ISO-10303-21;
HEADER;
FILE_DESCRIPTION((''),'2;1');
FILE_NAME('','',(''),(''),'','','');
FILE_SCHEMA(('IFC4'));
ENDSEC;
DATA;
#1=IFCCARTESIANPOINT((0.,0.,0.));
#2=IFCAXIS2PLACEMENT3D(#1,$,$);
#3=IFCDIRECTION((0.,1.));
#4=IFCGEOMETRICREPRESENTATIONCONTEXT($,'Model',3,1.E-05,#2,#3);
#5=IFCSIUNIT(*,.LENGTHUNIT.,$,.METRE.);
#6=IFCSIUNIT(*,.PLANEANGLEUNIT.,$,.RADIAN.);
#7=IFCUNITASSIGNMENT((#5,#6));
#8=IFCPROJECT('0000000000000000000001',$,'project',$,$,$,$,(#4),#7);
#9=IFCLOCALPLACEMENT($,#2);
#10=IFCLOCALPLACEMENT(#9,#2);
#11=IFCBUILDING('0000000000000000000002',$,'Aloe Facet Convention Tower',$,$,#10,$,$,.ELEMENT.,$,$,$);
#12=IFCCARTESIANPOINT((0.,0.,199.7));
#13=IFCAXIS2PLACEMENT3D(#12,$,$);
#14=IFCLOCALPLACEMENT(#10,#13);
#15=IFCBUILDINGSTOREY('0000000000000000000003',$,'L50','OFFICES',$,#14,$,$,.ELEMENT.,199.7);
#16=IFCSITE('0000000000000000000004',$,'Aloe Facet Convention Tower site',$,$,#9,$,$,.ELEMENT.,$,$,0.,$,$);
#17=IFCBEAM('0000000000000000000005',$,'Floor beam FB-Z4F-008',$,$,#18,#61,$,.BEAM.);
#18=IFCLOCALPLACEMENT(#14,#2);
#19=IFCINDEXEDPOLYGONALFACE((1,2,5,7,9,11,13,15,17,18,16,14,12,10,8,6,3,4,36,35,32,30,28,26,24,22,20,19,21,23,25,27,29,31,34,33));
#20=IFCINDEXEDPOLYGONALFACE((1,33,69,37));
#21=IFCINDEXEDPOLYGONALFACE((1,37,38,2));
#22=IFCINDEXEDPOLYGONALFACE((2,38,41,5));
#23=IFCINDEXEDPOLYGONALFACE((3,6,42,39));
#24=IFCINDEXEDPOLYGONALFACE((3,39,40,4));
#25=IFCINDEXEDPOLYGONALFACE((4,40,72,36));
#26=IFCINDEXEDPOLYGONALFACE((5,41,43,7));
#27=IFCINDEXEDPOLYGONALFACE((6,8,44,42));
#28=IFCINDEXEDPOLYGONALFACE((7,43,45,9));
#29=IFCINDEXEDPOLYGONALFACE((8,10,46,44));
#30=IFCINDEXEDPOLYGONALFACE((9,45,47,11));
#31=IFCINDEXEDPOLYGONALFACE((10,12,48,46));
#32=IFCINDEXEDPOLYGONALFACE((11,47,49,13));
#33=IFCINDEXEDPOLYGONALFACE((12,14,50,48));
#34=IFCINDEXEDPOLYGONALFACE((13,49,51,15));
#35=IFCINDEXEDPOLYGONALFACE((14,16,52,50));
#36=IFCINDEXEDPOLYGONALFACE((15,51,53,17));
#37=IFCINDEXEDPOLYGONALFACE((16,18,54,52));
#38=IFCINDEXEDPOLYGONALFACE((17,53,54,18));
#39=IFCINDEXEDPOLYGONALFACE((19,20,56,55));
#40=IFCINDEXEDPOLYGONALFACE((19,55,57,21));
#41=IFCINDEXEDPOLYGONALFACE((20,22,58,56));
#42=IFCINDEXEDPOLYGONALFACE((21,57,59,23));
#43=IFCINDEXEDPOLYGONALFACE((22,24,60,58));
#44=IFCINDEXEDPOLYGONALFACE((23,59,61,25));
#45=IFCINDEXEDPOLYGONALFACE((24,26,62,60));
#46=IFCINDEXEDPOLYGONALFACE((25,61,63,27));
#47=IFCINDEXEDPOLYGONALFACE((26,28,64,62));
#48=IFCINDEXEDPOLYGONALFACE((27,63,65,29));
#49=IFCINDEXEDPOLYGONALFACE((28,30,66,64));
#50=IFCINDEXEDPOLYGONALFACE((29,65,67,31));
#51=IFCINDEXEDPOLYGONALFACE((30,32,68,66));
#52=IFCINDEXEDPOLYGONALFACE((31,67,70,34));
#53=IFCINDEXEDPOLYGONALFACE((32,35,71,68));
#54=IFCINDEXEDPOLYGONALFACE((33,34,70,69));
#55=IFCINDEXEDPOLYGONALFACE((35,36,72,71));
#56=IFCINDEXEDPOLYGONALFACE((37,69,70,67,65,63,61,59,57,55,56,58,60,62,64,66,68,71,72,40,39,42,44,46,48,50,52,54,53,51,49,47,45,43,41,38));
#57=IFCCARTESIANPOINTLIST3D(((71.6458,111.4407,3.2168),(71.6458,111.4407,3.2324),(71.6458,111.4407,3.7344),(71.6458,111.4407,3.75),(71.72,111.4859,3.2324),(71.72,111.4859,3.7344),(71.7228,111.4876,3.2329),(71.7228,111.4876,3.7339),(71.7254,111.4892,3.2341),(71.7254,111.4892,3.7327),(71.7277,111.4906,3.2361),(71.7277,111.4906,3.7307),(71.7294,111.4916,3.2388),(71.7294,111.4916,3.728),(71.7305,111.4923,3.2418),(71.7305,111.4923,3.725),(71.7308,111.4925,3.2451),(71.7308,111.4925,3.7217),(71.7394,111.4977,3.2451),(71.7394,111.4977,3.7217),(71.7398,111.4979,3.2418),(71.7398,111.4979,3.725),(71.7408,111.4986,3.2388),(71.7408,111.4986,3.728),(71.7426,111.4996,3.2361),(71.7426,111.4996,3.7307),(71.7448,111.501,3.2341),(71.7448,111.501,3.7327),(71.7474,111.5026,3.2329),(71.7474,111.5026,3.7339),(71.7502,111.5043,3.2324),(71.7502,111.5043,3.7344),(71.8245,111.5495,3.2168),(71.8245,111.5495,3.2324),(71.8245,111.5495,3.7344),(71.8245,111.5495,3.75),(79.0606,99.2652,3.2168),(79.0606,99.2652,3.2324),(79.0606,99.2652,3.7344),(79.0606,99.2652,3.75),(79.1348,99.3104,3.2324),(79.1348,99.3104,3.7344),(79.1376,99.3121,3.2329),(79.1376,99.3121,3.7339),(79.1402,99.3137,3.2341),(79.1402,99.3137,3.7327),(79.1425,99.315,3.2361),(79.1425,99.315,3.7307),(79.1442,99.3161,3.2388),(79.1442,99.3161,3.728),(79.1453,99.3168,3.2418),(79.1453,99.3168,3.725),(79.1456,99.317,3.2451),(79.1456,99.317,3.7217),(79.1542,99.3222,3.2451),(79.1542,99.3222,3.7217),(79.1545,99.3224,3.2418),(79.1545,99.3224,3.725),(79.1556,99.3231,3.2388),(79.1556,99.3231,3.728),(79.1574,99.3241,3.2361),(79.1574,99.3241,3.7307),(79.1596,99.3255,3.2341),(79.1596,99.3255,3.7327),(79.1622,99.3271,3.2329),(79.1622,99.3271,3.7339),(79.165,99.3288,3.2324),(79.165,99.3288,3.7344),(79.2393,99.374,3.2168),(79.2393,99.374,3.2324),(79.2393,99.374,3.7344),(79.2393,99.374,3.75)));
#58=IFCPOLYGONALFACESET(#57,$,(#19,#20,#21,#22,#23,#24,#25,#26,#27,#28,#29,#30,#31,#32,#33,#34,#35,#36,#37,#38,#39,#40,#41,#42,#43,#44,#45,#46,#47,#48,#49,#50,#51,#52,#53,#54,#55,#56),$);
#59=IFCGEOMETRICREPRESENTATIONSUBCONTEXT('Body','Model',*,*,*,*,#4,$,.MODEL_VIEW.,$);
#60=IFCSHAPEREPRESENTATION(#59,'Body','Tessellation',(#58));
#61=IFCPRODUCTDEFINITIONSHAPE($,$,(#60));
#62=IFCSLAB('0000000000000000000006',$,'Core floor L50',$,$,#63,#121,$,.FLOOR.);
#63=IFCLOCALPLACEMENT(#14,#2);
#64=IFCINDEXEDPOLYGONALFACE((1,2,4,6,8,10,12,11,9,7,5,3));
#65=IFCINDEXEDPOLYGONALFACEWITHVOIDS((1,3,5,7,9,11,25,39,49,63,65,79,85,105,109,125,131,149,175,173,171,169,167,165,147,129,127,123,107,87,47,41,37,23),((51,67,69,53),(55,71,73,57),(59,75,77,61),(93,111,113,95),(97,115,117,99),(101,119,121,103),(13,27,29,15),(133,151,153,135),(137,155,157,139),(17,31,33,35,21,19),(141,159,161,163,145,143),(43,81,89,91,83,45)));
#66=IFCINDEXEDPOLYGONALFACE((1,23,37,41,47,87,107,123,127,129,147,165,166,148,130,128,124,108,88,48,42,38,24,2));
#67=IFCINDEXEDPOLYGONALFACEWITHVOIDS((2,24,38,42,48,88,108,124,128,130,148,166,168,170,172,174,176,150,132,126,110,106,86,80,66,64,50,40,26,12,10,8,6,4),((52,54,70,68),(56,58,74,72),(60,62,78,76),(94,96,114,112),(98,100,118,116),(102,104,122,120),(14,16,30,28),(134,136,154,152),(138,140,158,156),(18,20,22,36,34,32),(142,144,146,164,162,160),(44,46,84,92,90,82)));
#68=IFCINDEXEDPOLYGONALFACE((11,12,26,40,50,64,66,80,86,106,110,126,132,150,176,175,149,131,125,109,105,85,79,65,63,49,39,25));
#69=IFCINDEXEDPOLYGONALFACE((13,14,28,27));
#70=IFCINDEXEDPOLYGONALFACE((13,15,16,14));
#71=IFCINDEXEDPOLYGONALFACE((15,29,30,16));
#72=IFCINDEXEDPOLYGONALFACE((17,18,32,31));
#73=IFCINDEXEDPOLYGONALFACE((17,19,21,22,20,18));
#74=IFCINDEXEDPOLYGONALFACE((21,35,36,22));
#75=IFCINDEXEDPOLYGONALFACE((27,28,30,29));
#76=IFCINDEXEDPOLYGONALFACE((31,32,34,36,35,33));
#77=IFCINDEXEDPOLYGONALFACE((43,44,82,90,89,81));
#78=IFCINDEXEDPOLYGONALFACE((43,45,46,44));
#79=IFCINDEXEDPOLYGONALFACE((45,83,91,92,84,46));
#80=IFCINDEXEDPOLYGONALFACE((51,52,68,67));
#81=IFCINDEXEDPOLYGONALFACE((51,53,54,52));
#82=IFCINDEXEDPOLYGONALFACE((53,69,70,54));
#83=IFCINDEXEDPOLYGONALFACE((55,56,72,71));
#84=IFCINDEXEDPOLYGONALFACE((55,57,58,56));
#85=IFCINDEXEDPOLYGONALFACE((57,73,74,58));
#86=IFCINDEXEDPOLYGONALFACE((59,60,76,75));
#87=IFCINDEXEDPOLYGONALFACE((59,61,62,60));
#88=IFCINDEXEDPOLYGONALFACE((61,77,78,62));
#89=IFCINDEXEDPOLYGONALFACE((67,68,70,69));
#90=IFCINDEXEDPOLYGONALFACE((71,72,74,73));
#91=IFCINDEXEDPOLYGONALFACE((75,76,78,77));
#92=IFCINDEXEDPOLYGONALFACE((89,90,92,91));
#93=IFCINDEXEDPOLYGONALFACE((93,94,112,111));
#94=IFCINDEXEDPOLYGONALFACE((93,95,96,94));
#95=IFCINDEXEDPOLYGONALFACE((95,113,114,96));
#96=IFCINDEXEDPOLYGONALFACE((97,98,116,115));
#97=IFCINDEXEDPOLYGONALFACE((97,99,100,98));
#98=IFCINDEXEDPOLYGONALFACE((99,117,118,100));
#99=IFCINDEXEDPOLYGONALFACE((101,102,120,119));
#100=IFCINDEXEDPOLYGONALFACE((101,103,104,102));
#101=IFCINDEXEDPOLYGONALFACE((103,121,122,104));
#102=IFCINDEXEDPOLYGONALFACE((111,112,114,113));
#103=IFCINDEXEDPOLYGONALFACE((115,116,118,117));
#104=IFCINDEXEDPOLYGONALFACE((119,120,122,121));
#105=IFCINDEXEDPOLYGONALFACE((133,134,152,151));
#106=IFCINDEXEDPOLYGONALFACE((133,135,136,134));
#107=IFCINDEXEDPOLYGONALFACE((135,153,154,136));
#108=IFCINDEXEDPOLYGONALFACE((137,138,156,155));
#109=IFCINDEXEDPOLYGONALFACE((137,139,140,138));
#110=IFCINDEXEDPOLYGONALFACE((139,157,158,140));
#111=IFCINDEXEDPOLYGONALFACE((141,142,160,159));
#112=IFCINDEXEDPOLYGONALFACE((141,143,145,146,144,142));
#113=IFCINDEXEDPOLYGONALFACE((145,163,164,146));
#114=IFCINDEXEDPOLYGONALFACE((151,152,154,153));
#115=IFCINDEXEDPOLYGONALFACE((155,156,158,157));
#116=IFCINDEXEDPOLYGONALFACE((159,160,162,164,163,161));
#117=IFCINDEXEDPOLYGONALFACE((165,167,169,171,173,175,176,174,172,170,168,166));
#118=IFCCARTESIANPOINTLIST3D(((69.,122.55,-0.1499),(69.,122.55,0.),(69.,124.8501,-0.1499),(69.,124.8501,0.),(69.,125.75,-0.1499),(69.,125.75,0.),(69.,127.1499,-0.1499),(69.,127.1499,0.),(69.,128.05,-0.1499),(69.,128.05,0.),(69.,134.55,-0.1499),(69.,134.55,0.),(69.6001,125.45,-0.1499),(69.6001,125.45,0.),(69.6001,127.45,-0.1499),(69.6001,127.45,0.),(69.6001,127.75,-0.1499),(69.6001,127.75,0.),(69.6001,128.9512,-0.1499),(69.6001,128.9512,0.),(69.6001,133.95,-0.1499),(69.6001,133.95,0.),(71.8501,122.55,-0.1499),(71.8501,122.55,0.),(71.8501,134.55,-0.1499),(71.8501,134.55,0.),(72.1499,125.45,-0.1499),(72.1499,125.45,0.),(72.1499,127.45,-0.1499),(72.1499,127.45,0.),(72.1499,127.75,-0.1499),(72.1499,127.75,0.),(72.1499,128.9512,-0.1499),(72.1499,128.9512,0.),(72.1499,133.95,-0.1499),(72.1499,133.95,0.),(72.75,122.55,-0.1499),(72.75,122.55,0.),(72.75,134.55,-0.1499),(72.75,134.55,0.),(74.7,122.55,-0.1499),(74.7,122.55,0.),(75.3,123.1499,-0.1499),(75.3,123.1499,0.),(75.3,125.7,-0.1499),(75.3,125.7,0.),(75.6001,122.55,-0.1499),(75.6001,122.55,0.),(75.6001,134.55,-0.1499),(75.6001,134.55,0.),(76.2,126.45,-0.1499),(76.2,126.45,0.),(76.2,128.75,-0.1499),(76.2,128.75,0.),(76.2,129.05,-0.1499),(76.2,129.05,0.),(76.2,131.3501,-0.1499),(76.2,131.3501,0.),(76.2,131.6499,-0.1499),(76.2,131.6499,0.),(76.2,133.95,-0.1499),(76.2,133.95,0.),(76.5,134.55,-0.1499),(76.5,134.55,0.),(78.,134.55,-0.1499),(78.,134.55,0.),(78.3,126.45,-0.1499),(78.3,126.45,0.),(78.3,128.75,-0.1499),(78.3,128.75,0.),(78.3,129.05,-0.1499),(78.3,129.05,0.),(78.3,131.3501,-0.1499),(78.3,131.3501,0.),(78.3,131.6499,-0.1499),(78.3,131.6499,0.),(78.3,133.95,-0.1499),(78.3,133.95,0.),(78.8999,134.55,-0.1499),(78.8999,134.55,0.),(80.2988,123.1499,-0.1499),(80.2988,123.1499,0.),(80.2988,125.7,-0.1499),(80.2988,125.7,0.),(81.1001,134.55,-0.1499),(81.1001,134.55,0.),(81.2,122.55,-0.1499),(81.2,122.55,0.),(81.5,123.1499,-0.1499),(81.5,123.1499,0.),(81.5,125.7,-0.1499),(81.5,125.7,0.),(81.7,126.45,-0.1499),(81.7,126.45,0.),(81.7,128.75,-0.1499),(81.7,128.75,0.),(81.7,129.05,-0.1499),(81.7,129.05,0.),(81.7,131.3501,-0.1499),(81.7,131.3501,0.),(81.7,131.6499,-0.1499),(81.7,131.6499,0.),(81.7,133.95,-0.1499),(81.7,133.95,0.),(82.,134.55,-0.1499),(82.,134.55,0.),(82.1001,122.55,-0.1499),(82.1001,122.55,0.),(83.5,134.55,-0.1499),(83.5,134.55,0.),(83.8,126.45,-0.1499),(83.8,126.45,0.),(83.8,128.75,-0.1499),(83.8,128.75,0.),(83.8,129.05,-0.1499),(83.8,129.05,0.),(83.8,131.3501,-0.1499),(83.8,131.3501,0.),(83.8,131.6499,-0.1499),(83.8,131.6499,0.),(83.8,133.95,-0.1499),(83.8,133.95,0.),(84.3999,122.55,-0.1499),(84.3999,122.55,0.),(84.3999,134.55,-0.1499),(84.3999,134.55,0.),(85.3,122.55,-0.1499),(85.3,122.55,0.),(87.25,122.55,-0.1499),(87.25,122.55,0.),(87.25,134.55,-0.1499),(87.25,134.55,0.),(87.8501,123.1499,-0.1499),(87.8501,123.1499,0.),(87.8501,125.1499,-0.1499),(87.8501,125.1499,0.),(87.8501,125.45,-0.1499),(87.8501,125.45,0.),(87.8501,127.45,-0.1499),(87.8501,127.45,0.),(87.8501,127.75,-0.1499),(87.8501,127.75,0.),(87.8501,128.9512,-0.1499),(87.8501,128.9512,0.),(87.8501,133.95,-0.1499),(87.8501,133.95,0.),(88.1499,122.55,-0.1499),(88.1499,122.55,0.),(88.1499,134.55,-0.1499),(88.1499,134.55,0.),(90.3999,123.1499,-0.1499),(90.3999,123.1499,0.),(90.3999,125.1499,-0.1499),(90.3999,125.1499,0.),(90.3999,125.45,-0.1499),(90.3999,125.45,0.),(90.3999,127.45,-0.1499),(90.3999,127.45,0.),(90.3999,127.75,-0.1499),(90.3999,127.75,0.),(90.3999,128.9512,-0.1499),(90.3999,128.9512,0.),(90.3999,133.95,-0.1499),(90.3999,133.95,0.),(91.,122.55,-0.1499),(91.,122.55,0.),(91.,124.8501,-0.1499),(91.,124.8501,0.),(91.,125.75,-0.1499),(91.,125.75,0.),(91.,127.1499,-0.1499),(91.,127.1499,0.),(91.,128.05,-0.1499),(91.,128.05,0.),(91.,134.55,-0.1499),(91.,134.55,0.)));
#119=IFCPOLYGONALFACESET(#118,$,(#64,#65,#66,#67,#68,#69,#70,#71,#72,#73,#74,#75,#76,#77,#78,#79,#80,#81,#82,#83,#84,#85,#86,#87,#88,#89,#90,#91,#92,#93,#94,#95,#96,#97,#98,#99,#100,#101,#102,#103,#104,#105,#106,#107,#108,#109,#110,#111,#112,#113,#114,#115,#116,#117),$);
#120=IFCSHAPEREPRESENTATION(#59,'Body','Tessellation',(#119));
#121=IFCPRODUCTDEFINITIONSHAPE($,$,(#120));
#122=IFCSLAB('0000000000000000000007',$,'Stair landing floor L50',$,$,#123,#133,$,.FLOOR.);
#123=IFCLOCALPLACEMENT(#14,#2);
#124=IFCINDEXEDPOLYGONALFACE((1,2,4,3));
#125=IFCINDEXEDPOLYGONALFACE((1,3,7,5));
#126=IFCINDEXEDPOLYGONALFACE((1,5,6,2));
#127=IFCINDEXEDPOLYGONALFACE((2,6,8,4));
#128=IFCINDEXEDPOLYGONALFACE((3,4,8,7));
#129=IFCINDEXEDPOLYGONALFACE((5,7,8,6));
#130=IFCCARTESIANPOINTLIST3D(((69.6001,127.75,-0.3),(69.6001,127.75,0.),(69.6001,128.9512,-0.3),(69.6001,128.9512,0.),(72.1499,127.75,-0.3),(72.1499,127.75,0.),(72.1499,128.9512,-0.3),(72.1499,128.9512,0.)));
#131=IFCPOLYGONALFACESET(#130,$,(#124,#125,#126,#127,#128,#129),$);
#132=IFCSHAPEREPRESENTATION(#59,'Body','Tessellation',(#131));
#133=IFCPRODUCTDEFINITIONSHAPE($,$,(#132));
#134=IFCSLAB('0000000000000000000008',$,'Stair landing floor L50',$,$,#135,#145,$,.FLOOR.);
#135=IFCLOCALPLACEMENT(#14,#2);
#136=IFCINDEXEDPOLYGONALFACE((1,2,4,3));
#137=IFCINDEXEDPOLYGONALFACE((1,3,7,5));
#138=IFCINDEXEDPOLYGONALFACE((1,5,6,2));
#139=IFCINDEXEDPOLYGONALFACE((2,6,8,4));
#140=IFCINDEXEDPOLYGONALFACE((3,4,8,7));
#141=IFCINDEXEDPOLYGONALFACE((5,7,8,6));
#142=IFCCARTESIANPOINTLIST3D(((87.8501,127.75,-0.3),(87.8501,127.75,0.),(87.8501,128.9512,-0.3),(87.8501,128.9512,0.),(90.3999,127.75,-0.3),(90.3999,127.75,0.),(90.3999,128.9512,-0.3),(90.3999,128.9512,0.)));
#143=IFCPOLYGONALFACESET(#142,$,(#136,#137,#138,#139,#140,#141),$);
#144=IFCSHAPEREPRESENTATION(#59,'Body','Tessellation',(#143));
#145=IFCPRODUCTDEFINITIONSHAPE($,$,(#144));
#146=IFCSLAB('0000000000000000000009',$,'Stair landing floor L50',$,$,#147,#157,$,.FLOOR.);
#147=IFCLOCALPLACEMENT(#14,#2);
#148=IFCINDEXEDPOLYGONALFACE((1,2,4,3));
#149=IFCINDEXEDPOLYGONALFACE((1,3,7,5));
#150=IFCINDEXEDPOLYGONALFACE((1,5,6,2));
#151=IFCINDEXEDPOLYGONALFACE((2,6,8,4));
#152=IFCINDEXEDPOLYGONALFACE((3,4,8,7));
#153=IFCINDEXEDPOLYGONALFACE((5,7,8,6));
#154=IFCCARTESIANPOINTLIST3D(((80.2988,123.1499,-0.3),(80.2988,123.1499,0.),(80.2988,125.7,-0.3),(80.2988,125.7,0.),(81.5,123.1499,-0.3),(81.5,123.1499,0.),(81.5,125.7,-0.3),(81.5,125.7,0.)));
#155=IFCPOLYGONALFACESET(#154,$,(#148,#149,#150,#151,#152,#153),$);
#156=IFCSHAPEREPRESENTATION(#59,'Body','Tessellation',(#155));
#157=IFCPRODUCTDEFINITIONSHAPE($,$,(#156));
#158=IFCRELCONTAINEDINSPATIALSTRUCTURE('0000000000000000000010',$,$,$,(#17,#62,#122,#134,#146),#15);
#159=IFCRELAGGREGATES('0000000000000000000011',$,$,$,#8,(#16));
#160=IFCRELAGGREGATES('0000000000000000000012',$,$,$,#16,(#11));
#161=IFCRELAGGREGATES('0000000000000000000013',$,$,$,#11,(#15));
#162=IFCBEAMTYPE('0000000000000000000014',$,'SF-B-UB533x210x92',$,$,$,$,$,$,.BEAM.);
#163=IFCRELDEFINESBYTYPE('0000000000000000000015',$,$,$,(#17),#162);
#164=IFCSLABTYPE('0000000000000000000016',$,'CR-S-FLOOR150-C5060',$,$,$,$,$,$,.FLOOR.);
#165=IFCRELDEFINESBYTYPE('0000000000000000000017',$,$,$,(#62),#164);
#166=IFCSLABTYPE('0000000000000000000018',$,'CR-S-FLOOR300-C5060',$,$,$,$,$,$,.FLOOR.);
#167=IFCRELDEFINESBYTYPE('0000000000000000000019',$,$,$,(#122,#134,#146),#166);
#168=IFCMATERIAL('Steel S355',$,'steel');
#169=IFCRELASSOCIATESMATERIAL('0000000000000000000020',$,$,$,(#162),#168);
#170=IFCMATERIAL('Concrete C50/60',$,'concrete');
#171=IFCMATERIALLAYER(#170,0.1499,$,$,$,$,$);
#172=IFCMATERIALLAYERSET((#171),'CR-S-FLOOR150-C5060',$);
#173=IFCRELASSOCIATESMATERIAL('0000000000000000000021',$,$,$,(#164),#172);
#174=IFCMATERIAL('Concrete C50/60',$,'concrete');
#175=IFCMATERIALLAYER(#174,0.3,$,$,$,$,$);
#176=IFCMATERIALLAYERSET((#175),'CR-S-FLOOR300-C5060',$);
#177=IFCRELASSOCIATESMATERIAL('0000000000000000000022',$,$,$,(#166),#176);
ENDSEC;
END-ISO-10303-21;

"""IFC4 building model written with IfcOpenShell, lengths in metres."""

from ifc_helpers import new_model, si_unit, direction, frame, origin, origin_2d, place, context, subcontext, project, spatial, polyline, i_section, outline, extrude, material, layer, layer_set, material_profile, profile_set, type_object, element, save


model = new_model("IFC4")

# Units and contexts
model_context = context("Model", 3, precision=1e-05, world=origin(), true_north=direction((0.0, 1.0)))
body_context = subcontext(model_context, "Body", "Model", "MODEL_VIEW")
ifc_project = project(units=[si_unit("LENGTHUNIT", "METRE"), si_unit("PLANEANGLEUNIT", "RADIAN")], contexts=[model_context])

# Site, building, storey
site_placement = place(None, origin())
site = spatial("IfcSite", under=ifc_project, at=site_placement, Name="Aloe Facet Convention Tower site", CompositionType="ELEMENT", RefElevation=0.0)
building_placement = place(site_placement, origin())
building = spatial("IfcBuilding", under=site, at=building_placement, Name="Aloe Facet Convention Tower", CompositionType="ELEMENT")
storey_placement = place(building_placement, frame((0.0, 0.0, 199.7)))
storey = spatial("IfcBuildingStorey", under=building, at=storey_placement, Name="L50", Description="OFFICES", CompositionType="ELEMENT", Elevation=199.7)

# Beam
ifc_material_1 = material(Name="Steel S355", Category="steel")
ifc_material_profile = material_profile(ifc_material_1, i_section(OverallWidth=0.2092, OverallDepth=0.5332, WebThickness=0.01, FlangeThickness=0.0156, FilletRadius=0.0127, at=origin_2d()), Name="UB 533x210x92")
ifc_profile_set = profile_set([ifc_material_profile], Name="Steel S355")
beam_type = type_object("IfcBeamType", Name="SF-B-UB533x210x92", PredefinedType="BEAM", material=ifc_profile_set)
beam_placement = place(storey_placement, frame((79.1499, 99.3196, 3.4834), z_axis=(-0.520131, 0.854086, 0.0), x_axis=(-0.854086, -0.520131, 0.0)))
element("IfcBeam", 1, at=beam_placement, inside=storey, type_object=beam_type, Name="Floor beam FB-Z4F-008", PredefinedType="BEAM", context=body_context, shape_type="SweptSolid", body=[
    extrude(i_section(OverallWidth=0.2092, OverallDepth=0.5332, WebThickness=0.01, FlangeThickness=0.0156, FilletRadius=0.0127, at=origin_2d()), origin(), (0.0, 0.0, 1.0), 14.2556),
])

# Slabs
ifc_material_2 = material(Name="Concrete C50/60", Category="concrete")
ifc_layer_1 = layer(ifc_material_2, 0.1499)
ifc_layer_set_1 = layer_set([ifc_layer_1], Name="CR-S-FLOOR150-C5060")
slab_type_1 = type_object("IfcSlabType", Name="CR-S-FLOOR150-C5060", PredefinedType="FLOOR", material=ifc_layer_set_1)
slab_1_placement = place(storey_placement, frame((0.0, 0.0, -0.1499)))
element("IfcSlab", 2, at=slab_1_placement, inside=storey, type_object=slab_type_1, Name="Core floor L50", PredefinedType="FLOOR", context=body_context, shape_type="SweptSolid", body=[
    extrude(outline(polyline([(71.8501, 134.55), (72.75, 134.55), (75.6001, 134.55), (76.5, 134.55), (78.0, 134.55), (78.8999, 134.55), (81.1001, 134.55), (82.0, 134.55), (83.5, 134.55), (84.3999, 134.55), (87.25, 134.55), (88.1499, 134.55), (91.0, 134.55), (91.0, 128.05), (91.0, 127.1499), (91.0, 125.75), (91.0, 124.8501), (91.0, 122.55), (88.1499, 122.55), (87.25, 122.55), (85.3, 122.55), (84.3999, 122.55), (82.1001, 122.55), (81.2, 122.55), (75.6001, 122.55), (74.7, 122.55), (72.75, 122.55), (71.8501, 122.55), (69.0, 122.55), (69.0, 124.8501), (69.0, 125.75), (69.0, 127.1499), (69.0, 128.05), (69.0, 134.55), (71.8501, 134.55)]), holes=[polyline([(80.2988, 123.1499), (81.5, 123.1499), (81.5, 125.7), (80.2988, 125.7), (75.3, 125.7), (75.3, 123.1499), (80.2988, 123.1499)]), polyline([(69.6001, 125.45), (72.1499, 125.45), (72.1499, 127.45), (69.6001, 127.45), (69.6001, 125.45)]), polyline([(76.2, 126.45), (78.3, 126.45), (78.3, 128.75), (76.2, 128.75), (76.2, 126.45)]), polyline([(78.3, 129.05), (78.3, 131.3501), (76.2, 131.3501), (76.2, 129.05), (78.3, 129.05)]), polyline([(69.6001, 133.95), (69.6001, 128.9512), (69.6001, 127.75), (72.1499, 127.75), (72.1499, 128.9512), (72.1499, 133.95), (69.6001, 133.95)]), polyline([(76.2, 131.6499), (78.3, 131.6499), (78.3, 133.95), (76.2, 133.95), (76.2, 131.6499)]), polyline([(90.3999, 123.1499), (90.3999, 125.1499), (87.8501, 125.1499), (87.8501, 123.1499), (90.3999, 123.1499)]), polyline([(87.8501, 125.45), (90.3999, 125.45), (90.3999, 127.45), (87.8501, 127.45), (87.8501, 125.45)]), polyline([(81.7, 126.45), (83.8, 126.45), (83.8, 128.75), (81.7, 128.75), (81.7, 126.45)]), polyline([(83.8, 129.05), (83.8, 131.3501), (81.7, 131.3501), (81.7, 129.05), (83.8, 129.05)]), polyline([(87.8501, 133.95), (87.8501, 128.9512), (87.8501, 127.75), (90.3999, 127.75), (90.3999, 128.9512), (90.3999, 133.95), (87.8501, 133.95)]), polyline([(81.7, 131.6499), (83.8, 131.6499), (83.8, 133.95), (81.7, 133.95), (81.7, 131.6499)])]), origin(), (0.0, 0.0, 1.0), 0.1499),
])
ifc_material_3 = material(Name="Concrete C50/60", Category="concrete")
ifc_layer_2 = layer(ifc_material_3, 0.3)
ifc_layer_set_2 = layer_set([ifc_layer_2], Name="CR-S-FLOOR300-C5060")
slab_type_2 = type_object("IfcSlabType", Name="CR-S-FLOOR300-C5060", PredefinedType="FLOOR", material=ifc_layer_set_2)
slab_2_placement = place(storey_placement, frame((0.0, 0.0, -0.3)))
element("IfcSlab", 3, at=slab_2_placement, inside=storey, type_object=slab_type_2, Name="Stair landing floor L50", PredefinedType="FLOOR", context=body_context, shape_type="SweptSolid", body=[
    extrude(outline(polyline([(72.1499, 127.75), (72.1499, 128.9512), (69.6001, 128.9512), (69.6001, 127.75), (72.1499, 127.75)])), origin(), (0.0, 0.0, 1.0), 0.3),
])
slab_3_placement = place(storey_placement, frame((0.0, 0.0, -0.3)))
element("IfcSlab", 4, at=slab_3_placement, inside=storey, type_object=slab_type_2, Name="Stair landing floor L50", PredefinedType="FLOOR", context=body_context, shape_type="SweptSolid", body=[
    extrude(outline(polyline([(90.3999, 127.75), (90.3999, 128.9512), (87.8501, 128.9512), (87.8501, 127.75), (90.3999, 127.75)])), origin(), (0.0, 0.0, 1.0), 0.3),
])
slab_4_placement = place(storey_placement, frame((0.0, 0.0, -0.3)))
element("IfcSlab", 5, at=slab_4_placement, inside=storey, type_object=slab_type_2, Name="Stair landing floor L50", PredefinedType="FLOOR", context=body_context, shape_type="SweptSolid", body=[
    extrude(outline(polyline([(81.5, 125.7), (80.2988, 125.7), (80.2988, 123.1499), (81.5, 123.1499), (81.5, 125.7)])), origin(), (0.0, 0.0, 1.0), 0.3),
])

save(model, "model.ifc")
